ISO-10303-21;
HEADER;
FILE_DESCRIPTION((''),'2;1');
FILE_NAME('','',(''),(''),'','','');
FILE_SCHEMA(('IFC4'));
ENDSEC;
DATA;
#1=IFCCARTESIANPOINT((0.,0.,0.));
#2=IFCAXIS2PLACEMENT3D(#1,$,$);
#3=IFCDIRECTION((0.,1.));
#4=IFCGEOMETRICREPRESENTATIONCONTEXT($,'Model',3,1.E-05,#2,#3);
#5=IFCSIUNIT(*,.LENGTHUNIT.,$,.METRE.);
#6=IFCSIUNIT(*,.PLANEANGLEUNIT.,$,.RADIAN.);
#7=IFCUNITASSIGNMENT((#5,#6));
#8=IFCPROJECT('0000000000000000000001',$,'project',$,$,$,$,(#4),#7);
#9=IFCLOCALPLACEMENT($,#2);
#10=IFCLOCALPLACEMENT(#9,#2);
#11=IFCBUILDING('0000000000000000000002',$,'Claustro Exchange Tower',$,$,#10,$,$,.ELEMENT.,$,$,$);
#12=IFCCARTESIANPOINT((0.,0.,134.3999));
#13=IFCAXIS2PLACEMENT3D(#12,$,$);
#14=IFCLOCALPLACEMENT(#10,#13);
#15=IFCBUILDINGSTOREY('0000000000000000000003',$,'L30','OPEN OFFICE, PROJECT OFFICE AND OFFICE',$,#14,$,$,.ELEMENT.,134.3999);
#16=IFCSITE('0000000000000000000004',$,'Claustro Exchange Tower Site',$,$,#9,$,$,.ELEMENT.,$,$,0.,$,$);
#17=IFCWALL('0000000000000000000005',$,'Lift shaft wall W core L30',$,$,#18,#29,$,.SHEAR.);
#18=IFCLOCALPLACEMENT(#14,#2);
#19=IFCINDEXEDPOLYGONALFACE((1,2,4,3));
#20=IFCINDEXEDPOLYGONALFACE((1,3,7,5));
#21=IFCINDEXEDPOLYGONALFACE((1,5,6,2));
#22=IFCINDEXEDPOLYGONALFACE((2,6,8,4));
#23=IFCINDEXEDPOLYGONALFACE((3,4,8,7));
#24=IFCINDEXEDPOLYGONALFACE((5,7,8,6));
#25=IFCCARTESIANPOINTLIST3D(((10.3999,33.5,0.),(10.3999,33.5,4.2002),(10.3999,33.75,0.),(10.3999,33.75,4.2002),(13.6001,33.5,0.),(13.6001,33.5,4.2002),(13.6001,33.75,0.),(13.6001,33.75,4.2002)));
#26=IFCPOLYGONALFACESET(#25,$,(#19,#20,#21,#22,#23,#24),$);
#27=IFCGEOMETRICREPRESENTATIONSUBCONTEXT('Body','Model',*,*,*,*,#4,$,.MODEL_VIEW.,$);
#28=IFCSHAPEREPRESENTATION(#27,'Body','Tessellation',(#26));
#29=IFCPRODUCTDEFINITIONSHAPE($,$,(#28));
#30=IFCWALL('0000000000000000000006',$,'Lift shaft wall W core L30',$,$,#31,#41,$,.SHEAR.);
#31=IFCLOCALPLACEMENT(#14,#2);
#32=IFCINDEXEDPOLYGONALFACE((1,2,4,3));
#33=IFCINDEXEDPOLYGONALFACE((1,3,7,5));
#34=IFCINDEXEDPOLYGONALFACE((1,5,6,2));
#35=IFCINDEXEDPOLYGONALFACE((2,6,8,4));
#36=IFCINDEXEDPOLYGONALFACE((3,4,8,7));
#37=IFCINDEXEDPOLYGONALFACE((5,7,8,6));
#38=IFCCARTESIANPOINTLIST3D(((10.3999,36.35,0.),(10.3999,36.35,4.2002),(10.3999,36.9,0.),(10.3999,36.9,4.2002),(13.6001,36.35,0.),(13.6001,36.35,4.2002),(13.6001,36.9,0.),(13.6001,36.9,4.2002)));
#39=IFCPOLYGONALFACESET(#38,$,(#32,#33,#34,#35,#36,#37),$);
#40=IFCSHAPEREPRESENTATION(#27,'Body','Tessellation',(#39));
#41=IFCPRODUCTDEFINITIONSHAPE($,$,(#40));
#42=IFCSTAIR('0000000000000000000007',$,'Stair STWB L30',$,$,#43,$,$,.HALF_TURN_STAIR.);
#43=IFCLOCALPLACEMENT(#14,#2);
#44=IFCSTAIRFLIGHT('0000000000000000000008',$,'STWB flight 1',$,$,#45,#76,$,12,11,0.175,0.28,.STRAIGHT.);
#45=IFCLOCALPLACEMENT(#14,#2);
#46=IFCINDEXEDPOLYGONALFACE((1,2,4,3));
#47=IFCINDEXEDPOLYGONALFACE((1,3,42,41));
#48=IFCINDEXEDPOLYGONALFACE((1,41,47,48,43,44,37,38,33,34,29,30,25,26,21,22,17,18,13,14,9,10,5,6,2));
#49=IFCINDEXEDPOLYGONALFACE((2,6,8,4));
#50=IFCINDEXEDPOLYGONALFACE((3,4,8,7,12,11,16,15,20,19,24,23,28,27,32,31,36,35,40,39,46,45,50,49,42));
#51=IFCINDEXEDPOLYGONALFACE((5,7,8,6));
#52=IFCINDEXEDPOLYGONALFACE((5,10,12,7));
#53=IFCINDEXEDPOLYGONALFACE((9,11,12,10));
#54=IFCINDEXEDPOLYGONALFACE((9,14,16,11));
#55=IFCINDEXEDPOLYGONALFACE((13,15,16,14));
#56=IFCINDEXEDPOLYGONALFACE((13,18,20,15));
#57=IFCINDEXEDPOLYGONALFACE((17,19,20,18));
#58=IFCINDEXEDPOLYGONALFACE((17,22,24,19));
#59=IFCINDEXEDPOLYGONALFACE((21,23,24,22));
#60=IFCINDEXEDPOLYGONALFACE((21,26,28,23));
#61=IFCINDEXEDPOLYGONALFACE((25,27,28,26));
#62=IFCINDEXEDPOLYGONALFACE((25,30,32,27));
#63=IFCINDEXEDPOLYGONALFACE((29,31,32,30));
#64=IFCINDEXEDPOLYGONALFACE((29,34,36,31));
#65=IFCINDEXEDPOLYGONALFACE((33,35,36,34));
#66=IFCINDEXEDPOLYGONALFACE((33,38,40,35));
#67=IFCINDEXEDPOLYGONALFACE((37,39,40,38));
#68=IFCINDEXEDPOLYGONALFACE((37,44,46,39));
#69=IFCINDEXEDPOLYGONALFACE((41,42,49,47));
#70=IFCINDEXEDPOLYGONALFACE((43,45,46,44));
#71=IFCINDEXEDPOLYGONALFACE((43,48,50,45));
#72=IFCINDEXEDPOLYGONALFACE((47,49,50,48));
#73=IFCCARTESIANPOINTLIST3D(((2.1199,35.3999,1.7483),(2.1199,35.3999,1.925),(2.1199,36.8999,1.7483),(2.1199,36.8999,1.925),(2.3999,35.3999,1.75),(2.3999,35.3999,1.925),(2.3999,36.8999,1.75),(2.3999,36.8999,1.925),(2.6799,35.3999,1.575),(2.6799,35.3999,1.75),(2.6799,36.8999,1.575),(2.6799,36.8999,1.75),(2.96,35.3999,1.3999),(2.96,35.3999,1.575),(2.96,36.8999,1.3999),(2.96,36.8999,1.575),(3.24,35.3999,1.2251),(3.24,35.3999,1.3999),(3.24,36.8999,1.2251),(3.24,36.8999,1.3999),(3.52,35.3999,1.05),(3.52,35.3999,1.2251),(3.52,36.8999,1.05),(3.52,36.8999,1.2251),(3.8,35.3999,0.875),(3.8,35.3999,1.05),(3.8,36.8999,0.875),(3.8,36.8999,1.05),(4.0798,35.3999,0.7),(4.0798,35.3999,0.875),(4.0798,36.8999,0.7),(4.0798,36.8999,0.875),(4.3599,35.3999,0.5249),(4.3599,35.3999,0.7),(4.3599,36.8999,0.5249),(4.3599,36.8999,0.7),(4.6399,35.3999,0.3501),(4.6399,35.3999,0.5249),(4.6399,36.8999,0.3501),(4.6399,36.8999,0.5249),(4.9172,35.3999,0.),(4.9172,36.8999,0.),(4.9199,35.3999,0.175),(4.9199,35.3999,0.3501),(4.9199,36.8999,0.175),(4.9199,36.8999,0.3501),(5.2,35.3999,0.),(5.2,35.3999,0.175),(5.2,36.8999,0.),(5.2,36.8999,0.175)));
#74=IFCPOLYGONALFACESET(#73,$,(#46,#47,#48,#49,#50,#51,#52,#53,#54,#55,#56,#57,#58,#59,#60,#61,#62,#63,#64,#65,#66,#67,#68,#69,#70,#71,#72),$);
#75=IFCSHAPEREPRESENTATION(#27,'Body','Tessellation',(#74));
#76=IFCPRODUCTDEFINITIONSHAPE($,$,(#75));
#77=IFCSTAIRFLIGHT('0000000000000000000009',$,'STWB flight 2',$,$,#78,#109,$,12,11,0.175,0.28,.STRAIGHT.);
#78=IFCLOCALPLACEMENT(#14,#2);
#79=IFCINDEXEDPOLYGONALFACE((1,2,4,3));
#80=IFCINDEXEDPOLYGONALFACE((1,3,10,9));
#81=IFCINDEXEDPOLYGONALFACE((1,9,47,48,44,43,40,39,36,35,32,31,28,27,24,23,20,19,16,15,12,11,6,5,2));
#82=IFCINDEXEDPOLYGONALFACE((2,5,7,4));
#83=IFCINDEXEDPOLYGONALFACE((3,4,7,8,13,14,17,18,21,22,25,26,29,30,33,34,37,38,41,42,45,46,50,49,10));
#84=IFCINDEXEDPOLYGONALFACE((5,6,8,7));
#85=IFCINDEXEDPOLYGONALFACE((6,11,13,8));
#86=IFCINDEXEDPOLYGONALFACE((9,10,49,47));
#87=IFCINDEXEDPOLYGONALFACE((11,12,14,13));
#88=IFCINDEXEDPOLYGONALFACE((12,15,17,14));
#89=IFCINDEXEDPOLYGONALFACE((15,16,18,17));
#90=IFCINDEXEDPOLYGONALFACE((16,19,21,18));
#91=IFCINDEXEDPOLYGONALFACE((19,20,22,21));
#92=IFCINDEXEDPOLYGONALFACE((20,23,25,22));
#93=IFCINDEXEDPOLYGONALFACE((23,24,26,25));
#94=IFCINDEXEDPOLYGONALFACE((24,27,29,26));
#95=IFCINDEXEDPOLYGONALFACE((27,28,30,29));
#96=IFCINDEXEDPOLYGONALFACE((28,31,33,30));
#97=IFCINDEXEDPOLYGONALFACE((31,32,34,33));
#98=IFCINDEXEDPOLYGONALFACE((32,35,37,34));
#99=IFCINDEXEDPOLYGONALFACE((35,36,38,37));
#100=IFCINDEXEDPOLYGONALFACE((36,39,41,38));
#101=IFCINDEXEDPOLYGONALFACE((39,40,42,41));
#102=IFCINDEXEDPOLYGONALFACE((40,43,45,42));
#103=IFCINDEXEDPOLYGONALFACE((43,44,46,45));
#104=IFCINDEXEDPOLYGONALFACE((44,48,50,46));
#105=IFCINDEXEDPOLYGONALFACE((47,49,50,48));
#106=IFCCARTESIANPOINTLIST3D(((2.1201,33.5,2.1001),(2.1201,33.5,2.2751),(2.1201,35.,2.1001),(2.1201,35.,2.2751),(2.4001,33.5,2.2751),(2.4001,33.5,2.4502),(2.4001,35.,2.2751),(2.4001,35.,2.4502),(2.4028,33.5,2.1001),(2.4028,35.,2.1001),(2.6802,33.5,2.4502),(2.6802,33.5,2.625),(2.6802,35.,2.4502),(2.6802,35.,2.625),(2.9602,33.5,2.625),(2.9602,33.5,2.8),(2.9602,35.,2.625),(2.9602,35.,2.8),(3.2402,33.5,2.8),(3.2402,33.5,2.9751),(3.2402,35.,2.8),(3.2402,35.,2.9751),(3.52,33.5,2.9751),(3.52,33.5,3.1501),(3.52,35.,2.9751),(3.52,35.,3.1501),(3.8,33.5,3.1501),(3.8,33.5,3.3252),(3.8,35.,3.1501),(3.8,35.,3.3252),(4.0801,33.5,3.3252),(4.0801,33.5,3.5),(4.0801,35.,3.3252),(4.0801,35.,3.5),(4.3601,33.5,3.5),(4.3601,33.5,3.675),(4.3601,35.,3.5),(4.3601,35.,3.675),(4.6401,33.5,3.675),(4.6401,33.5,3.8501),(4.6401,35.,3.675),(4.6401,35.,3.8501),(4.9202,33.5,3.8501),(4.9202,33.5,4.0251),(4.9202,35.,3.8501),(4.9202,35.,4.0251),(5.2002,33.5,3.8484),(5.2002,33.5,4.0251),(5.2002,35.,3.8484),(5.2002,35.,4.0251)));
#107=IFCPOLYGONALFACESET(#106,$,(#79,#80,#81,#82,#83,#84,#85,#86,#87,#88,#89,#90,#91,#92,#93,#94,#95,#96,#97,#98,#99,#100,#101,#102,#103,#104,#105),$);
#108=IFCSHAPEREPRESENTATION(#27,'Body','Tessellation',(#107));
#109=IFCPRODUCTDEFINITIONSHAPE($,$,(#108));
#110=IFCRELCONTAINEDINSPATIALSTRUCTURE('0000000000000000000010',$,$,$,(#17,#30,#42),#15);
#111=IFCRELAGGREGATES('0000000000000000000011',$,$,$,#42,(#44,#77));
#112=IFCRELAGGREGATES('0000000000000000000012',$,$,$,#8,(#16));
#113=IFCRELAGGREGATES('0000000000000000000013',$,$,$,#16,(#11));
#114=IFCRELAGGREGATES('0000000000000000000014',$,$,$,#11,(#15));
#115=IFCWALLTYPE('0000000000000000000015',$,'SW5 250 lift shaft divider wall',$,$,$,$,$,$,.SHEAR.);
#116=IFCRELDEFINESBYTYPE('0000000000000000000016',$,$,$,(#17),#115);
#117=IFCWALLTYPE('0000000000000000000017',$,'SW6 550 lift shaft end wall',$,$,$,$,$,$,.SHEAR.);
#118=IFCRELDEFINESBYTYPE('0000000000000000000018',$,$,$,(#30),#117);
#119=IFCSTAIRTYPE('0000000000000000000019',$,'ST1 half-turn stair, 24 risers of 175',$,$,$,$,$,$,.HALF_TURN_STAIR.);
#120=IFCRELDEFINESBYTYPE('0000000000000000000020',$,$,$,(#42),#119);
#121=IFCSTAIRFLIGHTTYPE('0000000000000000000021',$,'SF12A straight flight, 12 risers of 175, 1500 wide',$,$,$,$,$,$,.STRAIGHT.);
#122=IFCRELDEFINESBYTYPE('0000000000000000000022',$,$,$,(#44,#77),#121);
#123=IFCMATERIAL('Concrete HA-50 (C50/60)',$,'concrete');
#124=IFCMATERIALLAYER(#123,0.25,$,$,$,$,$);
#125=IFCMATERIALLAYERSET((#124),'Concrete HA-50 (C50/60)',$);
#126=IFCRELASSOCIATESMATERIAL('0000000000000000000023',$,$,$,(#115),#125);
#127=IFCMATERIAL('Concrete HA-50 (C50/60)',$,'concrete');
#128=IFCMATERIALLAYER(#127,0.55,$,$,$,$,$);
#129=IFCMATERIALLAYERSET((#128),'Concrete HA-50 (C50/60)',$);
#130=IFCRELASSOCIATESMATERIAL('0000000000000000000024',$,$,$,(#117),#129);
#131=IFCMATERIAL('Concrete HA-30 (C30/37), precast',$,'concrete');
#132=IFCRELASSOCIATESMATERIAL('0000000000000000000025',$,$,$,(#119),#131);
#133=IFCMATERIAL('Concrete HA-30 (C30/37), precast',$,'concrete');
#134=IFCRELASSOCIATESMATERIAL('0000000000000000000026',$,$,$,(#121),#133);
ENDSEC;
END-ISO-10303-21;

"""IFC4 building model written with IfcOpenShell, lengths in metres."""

from ifc_helpers import new_model, si_unit, direction, frame, frame_2d, origin, place, context, subcontext, project, spatial, polyline, rectangle, outline, extrude, material, layer, layer_set, type_object, element, aggregate, save


model = new_model("IFC4")

# Units and contexts
model_context = context("Model", 3, precision=1e-05, world=origin(), true_north=direction((0.0, 1.0)))
body_context = subcontext(model_context, "Body", "Model", "MODEL_VIEW")
ifc_project = project(units=[si_unit("LENGTHUNIT", "METRE"), si_unit("PLANEANGLEUNIT", "RADIAN")], contexts=[model_context])

# Site, building, storey
site_placement = place(None, origin())
site = spatial("IfcSite", under=ifc_project, at=site_placement, Name="Claustro Exchange Tower Site", CompositionType="ELEMENT", RefElevation=0.0)
building_placement = place(site_placement, origin())
building = spatial("IfcBuilding", under=site, at=building_placement, Name="Claustro Exchange Tower", CompositionType="ELEMENT")
storey_placement = place(building_placement, frame((0.0, 0.0, 134.3999)))
storey = spatial("IfcBuildingStorey", under=building, at=storey_placement, Name="L30", Description="OPEN OFFICE, PROJECT OFFICE AND OFFICE", CompositionType="ELEMENT", Elevation=134.3999)

# Walls
ifc_material_1 = material(Name="Concrete HA-50 (C50/60)", Category="concrete")
ifc_layer_1 = layer(ifc_material_1, 0.25)
ifc_layer_set_1 = layer_set([ifc_layer_1], Name="Concrete HA-50 (C50/60)")
wall_type_1 = type_object("IfcWallType", Name="SW5 250 lift shaft divider wall", PredefinedType="SHEAR", material=ifc_layer_set_1)
for number, where, z_axis, x_axis, name in (
    (1, (10.3999, 33.625, 0.0), (0.0, 0.0, 1.0), (1.0, 0.0, 0.0), "Lift shaft wall W core L30"),
):
    element("IfcWall", number, at=place(storey_placement, frame(where, z_axis=z_axis, x_axis=x_axis)), inside=storey, type_object=wall_type_1, Name=name, PredefinedType="SHEAR", context=body_context, shape_type="SweptSolid", body=[
        extrude(rectangle(XDim=3.2002, YDim=0.25, at=frame_2d((1.6001, 0.0))), origin(), (0.0, 0.0, 1.0), 4.2002),
    ])
ifc_material_2 = material(Name="Concrete HA-50 (C50/60)", Category="concrete")
ifc_layer_2 = layer(ifc_material_2, 0.55)
ifc_layer_set_2 = layer_set([ifc_layer_2], Name="Concrete HA-50 (C50/60)")
wall_type_2 = type_object("IfcWallType", Name="SW6 550 lift shaft end wall", PredefinedType="SHEAR", material=ifc_layer_set_2)
wall_1_placement = place(storey_placement, frame((10.3999, 36.625, 0.0), z_axis=(0.0, 0.0, 1.0), x_axis=(1.0, 0.0, 0.0)))
element("IfcWall", 2, at=wall_1_placement, inside=storey, type_object=wall_type_2, Name="Lift shaft wall W core L30", PredefinedType="SHEAR", context=body_context, shape_type="SweptSolid", body=[
    extrude(rectangle(XDim=3.2002, YDim=0.55, at=frame_2d((1.6001, 0.0))), origin(), (0.0, 0.0, 1.0), 4.2002),
])

# Stair, stair flights
ifc_material_3 = material(Name="Concrete HA-30 (C30/37), precast", Category="concrete")
stair_type = type_object("IfcStairType", Name="ST1 half-turn stair, 24 risers of 175", PredefinedType="HALF_TURN_STAIR", material=ifc_material_3)
stair_placement = place(storey_placement, origin())
stair = element("IfcStair", 3, at=stair_placement, inside=storey, type_object=stair_type, Name="Stair STWB L30", PredefinedType="HALF_TURN_STAIR")
ifc_material_4 = material(Name="Concrete HA-30 (C30/37), precast", Category="concrete")
stair_flight_type = type_object("IfcStairFlightType", Name="SF12A straight flight, 12 risers of 175, 1500 wide", PredefinedType="STRAIGHT", material=ifc_material_4)
stair_flight_1_placement = place(storey_placement, frame((5.2, 36.1499, 0.0), z_axis=(0.0, 0.0, 1.0), x_axis=(-1.0, 0.0, 0.0)))
stair_flight_1 = element("IfcStairFlight", 4, at=stair_flight_1_placement, type_object=stair_flight_type, Name="STWB flight 1", NumberOfRisers=12, NumberOfTreads=11, PredefinedType="STRAIGHT", RiserHeight=0.175, TreadLength=0.28, context=body_context, shape_type="SweptSolid", body=[
    extrude(outline(polyline([(0.0, 0.0), (0.0, 0.175), (0.28, 0.175), (0.28, 0.3501), (0.5601, 0.3501), (0.5601, 0.5249), (0.8401, 0.5249), (0.8401, 0.7), (1.1201, 0.7), (1.1201, 0.875), (1.3999, 0.875), (1.3999, 1.05), (1.6799, 1.05), (1.6799, 1.2251), (1.96, 1.2251), (1.96, 1.3999), (2.24, 1.3999), (2.24, 1.575), (2.52, 1.575), (2.52, 1.75), (2.8, 1.75), (2.8, 1.925), (3.0801, 1.925), (3.0801, 2.1001), (3.0801, 1.7483), (0.2827, 0.0), (0.0, 0.0)])), frame((0.0, 0.75, 0.0), z_axis=(0.0, -1.0, 0.0), x_axis=(1.0, 0.0, 0.0)), (0.0, 0.0, 1.0), 1.5),
])
stair_flight_2_placement = place(storey_placement, frame((2.1201, 34.25, 2.1001), z_axis=(0.0, 0.0, 1.0), x_axis=(1.0, 0.0, 0.0)))
stair_flight_2 = element("IfcStairFlight", 5, at=stair_flight_2_placement, type_object=stair_flight_type, Name="STWB flight 2", NumberOfRisers=12, NumberOfTreads=11, PredefinedType="STRAIGHT", RiserHeight=0.175, TreadLength=0.28, context=body_context, shape_type="SweptSolid", body=[
    extrude(outline(polyline([(0.0, 0.0), (0.0, 0.175), (0.28, 0.175), (0.28, 0.3501), (0.5601, 0.3501), (0.5601, 0.5249), (0.8401, 0.5249), (0.8401, 0.7), (1.1201, 0.7), (1.1201, 0.875), (1.3999, 0.875), (1.3999, 1.05), (1.6799, 1.05), (1.6799, 1.2251), (1.96, 1.2251), (1.96, 1.3999), (2.24, 1.3999), (2.24, 1.575), (2.52, 1.575), (2.52, 1.75), (2.8, 1.75), (2.8, 1.925), (3.0801, 1.925), (3.0801, 2.1001), (3.0801, 1.7483), (0.2827, 0.0), (0.0, 0.0)])), frame((0.0, 0.75, 0.0), z_axis=(0.0, -1.0, 0.0), x_axis=(1.0, 0.0, 0.0)), (0.0, 0.0, 1.0), 1.5),
])
aggregate(stair, [stair_flight_1, stair_flight_2])

save(model, "model.ifc")
